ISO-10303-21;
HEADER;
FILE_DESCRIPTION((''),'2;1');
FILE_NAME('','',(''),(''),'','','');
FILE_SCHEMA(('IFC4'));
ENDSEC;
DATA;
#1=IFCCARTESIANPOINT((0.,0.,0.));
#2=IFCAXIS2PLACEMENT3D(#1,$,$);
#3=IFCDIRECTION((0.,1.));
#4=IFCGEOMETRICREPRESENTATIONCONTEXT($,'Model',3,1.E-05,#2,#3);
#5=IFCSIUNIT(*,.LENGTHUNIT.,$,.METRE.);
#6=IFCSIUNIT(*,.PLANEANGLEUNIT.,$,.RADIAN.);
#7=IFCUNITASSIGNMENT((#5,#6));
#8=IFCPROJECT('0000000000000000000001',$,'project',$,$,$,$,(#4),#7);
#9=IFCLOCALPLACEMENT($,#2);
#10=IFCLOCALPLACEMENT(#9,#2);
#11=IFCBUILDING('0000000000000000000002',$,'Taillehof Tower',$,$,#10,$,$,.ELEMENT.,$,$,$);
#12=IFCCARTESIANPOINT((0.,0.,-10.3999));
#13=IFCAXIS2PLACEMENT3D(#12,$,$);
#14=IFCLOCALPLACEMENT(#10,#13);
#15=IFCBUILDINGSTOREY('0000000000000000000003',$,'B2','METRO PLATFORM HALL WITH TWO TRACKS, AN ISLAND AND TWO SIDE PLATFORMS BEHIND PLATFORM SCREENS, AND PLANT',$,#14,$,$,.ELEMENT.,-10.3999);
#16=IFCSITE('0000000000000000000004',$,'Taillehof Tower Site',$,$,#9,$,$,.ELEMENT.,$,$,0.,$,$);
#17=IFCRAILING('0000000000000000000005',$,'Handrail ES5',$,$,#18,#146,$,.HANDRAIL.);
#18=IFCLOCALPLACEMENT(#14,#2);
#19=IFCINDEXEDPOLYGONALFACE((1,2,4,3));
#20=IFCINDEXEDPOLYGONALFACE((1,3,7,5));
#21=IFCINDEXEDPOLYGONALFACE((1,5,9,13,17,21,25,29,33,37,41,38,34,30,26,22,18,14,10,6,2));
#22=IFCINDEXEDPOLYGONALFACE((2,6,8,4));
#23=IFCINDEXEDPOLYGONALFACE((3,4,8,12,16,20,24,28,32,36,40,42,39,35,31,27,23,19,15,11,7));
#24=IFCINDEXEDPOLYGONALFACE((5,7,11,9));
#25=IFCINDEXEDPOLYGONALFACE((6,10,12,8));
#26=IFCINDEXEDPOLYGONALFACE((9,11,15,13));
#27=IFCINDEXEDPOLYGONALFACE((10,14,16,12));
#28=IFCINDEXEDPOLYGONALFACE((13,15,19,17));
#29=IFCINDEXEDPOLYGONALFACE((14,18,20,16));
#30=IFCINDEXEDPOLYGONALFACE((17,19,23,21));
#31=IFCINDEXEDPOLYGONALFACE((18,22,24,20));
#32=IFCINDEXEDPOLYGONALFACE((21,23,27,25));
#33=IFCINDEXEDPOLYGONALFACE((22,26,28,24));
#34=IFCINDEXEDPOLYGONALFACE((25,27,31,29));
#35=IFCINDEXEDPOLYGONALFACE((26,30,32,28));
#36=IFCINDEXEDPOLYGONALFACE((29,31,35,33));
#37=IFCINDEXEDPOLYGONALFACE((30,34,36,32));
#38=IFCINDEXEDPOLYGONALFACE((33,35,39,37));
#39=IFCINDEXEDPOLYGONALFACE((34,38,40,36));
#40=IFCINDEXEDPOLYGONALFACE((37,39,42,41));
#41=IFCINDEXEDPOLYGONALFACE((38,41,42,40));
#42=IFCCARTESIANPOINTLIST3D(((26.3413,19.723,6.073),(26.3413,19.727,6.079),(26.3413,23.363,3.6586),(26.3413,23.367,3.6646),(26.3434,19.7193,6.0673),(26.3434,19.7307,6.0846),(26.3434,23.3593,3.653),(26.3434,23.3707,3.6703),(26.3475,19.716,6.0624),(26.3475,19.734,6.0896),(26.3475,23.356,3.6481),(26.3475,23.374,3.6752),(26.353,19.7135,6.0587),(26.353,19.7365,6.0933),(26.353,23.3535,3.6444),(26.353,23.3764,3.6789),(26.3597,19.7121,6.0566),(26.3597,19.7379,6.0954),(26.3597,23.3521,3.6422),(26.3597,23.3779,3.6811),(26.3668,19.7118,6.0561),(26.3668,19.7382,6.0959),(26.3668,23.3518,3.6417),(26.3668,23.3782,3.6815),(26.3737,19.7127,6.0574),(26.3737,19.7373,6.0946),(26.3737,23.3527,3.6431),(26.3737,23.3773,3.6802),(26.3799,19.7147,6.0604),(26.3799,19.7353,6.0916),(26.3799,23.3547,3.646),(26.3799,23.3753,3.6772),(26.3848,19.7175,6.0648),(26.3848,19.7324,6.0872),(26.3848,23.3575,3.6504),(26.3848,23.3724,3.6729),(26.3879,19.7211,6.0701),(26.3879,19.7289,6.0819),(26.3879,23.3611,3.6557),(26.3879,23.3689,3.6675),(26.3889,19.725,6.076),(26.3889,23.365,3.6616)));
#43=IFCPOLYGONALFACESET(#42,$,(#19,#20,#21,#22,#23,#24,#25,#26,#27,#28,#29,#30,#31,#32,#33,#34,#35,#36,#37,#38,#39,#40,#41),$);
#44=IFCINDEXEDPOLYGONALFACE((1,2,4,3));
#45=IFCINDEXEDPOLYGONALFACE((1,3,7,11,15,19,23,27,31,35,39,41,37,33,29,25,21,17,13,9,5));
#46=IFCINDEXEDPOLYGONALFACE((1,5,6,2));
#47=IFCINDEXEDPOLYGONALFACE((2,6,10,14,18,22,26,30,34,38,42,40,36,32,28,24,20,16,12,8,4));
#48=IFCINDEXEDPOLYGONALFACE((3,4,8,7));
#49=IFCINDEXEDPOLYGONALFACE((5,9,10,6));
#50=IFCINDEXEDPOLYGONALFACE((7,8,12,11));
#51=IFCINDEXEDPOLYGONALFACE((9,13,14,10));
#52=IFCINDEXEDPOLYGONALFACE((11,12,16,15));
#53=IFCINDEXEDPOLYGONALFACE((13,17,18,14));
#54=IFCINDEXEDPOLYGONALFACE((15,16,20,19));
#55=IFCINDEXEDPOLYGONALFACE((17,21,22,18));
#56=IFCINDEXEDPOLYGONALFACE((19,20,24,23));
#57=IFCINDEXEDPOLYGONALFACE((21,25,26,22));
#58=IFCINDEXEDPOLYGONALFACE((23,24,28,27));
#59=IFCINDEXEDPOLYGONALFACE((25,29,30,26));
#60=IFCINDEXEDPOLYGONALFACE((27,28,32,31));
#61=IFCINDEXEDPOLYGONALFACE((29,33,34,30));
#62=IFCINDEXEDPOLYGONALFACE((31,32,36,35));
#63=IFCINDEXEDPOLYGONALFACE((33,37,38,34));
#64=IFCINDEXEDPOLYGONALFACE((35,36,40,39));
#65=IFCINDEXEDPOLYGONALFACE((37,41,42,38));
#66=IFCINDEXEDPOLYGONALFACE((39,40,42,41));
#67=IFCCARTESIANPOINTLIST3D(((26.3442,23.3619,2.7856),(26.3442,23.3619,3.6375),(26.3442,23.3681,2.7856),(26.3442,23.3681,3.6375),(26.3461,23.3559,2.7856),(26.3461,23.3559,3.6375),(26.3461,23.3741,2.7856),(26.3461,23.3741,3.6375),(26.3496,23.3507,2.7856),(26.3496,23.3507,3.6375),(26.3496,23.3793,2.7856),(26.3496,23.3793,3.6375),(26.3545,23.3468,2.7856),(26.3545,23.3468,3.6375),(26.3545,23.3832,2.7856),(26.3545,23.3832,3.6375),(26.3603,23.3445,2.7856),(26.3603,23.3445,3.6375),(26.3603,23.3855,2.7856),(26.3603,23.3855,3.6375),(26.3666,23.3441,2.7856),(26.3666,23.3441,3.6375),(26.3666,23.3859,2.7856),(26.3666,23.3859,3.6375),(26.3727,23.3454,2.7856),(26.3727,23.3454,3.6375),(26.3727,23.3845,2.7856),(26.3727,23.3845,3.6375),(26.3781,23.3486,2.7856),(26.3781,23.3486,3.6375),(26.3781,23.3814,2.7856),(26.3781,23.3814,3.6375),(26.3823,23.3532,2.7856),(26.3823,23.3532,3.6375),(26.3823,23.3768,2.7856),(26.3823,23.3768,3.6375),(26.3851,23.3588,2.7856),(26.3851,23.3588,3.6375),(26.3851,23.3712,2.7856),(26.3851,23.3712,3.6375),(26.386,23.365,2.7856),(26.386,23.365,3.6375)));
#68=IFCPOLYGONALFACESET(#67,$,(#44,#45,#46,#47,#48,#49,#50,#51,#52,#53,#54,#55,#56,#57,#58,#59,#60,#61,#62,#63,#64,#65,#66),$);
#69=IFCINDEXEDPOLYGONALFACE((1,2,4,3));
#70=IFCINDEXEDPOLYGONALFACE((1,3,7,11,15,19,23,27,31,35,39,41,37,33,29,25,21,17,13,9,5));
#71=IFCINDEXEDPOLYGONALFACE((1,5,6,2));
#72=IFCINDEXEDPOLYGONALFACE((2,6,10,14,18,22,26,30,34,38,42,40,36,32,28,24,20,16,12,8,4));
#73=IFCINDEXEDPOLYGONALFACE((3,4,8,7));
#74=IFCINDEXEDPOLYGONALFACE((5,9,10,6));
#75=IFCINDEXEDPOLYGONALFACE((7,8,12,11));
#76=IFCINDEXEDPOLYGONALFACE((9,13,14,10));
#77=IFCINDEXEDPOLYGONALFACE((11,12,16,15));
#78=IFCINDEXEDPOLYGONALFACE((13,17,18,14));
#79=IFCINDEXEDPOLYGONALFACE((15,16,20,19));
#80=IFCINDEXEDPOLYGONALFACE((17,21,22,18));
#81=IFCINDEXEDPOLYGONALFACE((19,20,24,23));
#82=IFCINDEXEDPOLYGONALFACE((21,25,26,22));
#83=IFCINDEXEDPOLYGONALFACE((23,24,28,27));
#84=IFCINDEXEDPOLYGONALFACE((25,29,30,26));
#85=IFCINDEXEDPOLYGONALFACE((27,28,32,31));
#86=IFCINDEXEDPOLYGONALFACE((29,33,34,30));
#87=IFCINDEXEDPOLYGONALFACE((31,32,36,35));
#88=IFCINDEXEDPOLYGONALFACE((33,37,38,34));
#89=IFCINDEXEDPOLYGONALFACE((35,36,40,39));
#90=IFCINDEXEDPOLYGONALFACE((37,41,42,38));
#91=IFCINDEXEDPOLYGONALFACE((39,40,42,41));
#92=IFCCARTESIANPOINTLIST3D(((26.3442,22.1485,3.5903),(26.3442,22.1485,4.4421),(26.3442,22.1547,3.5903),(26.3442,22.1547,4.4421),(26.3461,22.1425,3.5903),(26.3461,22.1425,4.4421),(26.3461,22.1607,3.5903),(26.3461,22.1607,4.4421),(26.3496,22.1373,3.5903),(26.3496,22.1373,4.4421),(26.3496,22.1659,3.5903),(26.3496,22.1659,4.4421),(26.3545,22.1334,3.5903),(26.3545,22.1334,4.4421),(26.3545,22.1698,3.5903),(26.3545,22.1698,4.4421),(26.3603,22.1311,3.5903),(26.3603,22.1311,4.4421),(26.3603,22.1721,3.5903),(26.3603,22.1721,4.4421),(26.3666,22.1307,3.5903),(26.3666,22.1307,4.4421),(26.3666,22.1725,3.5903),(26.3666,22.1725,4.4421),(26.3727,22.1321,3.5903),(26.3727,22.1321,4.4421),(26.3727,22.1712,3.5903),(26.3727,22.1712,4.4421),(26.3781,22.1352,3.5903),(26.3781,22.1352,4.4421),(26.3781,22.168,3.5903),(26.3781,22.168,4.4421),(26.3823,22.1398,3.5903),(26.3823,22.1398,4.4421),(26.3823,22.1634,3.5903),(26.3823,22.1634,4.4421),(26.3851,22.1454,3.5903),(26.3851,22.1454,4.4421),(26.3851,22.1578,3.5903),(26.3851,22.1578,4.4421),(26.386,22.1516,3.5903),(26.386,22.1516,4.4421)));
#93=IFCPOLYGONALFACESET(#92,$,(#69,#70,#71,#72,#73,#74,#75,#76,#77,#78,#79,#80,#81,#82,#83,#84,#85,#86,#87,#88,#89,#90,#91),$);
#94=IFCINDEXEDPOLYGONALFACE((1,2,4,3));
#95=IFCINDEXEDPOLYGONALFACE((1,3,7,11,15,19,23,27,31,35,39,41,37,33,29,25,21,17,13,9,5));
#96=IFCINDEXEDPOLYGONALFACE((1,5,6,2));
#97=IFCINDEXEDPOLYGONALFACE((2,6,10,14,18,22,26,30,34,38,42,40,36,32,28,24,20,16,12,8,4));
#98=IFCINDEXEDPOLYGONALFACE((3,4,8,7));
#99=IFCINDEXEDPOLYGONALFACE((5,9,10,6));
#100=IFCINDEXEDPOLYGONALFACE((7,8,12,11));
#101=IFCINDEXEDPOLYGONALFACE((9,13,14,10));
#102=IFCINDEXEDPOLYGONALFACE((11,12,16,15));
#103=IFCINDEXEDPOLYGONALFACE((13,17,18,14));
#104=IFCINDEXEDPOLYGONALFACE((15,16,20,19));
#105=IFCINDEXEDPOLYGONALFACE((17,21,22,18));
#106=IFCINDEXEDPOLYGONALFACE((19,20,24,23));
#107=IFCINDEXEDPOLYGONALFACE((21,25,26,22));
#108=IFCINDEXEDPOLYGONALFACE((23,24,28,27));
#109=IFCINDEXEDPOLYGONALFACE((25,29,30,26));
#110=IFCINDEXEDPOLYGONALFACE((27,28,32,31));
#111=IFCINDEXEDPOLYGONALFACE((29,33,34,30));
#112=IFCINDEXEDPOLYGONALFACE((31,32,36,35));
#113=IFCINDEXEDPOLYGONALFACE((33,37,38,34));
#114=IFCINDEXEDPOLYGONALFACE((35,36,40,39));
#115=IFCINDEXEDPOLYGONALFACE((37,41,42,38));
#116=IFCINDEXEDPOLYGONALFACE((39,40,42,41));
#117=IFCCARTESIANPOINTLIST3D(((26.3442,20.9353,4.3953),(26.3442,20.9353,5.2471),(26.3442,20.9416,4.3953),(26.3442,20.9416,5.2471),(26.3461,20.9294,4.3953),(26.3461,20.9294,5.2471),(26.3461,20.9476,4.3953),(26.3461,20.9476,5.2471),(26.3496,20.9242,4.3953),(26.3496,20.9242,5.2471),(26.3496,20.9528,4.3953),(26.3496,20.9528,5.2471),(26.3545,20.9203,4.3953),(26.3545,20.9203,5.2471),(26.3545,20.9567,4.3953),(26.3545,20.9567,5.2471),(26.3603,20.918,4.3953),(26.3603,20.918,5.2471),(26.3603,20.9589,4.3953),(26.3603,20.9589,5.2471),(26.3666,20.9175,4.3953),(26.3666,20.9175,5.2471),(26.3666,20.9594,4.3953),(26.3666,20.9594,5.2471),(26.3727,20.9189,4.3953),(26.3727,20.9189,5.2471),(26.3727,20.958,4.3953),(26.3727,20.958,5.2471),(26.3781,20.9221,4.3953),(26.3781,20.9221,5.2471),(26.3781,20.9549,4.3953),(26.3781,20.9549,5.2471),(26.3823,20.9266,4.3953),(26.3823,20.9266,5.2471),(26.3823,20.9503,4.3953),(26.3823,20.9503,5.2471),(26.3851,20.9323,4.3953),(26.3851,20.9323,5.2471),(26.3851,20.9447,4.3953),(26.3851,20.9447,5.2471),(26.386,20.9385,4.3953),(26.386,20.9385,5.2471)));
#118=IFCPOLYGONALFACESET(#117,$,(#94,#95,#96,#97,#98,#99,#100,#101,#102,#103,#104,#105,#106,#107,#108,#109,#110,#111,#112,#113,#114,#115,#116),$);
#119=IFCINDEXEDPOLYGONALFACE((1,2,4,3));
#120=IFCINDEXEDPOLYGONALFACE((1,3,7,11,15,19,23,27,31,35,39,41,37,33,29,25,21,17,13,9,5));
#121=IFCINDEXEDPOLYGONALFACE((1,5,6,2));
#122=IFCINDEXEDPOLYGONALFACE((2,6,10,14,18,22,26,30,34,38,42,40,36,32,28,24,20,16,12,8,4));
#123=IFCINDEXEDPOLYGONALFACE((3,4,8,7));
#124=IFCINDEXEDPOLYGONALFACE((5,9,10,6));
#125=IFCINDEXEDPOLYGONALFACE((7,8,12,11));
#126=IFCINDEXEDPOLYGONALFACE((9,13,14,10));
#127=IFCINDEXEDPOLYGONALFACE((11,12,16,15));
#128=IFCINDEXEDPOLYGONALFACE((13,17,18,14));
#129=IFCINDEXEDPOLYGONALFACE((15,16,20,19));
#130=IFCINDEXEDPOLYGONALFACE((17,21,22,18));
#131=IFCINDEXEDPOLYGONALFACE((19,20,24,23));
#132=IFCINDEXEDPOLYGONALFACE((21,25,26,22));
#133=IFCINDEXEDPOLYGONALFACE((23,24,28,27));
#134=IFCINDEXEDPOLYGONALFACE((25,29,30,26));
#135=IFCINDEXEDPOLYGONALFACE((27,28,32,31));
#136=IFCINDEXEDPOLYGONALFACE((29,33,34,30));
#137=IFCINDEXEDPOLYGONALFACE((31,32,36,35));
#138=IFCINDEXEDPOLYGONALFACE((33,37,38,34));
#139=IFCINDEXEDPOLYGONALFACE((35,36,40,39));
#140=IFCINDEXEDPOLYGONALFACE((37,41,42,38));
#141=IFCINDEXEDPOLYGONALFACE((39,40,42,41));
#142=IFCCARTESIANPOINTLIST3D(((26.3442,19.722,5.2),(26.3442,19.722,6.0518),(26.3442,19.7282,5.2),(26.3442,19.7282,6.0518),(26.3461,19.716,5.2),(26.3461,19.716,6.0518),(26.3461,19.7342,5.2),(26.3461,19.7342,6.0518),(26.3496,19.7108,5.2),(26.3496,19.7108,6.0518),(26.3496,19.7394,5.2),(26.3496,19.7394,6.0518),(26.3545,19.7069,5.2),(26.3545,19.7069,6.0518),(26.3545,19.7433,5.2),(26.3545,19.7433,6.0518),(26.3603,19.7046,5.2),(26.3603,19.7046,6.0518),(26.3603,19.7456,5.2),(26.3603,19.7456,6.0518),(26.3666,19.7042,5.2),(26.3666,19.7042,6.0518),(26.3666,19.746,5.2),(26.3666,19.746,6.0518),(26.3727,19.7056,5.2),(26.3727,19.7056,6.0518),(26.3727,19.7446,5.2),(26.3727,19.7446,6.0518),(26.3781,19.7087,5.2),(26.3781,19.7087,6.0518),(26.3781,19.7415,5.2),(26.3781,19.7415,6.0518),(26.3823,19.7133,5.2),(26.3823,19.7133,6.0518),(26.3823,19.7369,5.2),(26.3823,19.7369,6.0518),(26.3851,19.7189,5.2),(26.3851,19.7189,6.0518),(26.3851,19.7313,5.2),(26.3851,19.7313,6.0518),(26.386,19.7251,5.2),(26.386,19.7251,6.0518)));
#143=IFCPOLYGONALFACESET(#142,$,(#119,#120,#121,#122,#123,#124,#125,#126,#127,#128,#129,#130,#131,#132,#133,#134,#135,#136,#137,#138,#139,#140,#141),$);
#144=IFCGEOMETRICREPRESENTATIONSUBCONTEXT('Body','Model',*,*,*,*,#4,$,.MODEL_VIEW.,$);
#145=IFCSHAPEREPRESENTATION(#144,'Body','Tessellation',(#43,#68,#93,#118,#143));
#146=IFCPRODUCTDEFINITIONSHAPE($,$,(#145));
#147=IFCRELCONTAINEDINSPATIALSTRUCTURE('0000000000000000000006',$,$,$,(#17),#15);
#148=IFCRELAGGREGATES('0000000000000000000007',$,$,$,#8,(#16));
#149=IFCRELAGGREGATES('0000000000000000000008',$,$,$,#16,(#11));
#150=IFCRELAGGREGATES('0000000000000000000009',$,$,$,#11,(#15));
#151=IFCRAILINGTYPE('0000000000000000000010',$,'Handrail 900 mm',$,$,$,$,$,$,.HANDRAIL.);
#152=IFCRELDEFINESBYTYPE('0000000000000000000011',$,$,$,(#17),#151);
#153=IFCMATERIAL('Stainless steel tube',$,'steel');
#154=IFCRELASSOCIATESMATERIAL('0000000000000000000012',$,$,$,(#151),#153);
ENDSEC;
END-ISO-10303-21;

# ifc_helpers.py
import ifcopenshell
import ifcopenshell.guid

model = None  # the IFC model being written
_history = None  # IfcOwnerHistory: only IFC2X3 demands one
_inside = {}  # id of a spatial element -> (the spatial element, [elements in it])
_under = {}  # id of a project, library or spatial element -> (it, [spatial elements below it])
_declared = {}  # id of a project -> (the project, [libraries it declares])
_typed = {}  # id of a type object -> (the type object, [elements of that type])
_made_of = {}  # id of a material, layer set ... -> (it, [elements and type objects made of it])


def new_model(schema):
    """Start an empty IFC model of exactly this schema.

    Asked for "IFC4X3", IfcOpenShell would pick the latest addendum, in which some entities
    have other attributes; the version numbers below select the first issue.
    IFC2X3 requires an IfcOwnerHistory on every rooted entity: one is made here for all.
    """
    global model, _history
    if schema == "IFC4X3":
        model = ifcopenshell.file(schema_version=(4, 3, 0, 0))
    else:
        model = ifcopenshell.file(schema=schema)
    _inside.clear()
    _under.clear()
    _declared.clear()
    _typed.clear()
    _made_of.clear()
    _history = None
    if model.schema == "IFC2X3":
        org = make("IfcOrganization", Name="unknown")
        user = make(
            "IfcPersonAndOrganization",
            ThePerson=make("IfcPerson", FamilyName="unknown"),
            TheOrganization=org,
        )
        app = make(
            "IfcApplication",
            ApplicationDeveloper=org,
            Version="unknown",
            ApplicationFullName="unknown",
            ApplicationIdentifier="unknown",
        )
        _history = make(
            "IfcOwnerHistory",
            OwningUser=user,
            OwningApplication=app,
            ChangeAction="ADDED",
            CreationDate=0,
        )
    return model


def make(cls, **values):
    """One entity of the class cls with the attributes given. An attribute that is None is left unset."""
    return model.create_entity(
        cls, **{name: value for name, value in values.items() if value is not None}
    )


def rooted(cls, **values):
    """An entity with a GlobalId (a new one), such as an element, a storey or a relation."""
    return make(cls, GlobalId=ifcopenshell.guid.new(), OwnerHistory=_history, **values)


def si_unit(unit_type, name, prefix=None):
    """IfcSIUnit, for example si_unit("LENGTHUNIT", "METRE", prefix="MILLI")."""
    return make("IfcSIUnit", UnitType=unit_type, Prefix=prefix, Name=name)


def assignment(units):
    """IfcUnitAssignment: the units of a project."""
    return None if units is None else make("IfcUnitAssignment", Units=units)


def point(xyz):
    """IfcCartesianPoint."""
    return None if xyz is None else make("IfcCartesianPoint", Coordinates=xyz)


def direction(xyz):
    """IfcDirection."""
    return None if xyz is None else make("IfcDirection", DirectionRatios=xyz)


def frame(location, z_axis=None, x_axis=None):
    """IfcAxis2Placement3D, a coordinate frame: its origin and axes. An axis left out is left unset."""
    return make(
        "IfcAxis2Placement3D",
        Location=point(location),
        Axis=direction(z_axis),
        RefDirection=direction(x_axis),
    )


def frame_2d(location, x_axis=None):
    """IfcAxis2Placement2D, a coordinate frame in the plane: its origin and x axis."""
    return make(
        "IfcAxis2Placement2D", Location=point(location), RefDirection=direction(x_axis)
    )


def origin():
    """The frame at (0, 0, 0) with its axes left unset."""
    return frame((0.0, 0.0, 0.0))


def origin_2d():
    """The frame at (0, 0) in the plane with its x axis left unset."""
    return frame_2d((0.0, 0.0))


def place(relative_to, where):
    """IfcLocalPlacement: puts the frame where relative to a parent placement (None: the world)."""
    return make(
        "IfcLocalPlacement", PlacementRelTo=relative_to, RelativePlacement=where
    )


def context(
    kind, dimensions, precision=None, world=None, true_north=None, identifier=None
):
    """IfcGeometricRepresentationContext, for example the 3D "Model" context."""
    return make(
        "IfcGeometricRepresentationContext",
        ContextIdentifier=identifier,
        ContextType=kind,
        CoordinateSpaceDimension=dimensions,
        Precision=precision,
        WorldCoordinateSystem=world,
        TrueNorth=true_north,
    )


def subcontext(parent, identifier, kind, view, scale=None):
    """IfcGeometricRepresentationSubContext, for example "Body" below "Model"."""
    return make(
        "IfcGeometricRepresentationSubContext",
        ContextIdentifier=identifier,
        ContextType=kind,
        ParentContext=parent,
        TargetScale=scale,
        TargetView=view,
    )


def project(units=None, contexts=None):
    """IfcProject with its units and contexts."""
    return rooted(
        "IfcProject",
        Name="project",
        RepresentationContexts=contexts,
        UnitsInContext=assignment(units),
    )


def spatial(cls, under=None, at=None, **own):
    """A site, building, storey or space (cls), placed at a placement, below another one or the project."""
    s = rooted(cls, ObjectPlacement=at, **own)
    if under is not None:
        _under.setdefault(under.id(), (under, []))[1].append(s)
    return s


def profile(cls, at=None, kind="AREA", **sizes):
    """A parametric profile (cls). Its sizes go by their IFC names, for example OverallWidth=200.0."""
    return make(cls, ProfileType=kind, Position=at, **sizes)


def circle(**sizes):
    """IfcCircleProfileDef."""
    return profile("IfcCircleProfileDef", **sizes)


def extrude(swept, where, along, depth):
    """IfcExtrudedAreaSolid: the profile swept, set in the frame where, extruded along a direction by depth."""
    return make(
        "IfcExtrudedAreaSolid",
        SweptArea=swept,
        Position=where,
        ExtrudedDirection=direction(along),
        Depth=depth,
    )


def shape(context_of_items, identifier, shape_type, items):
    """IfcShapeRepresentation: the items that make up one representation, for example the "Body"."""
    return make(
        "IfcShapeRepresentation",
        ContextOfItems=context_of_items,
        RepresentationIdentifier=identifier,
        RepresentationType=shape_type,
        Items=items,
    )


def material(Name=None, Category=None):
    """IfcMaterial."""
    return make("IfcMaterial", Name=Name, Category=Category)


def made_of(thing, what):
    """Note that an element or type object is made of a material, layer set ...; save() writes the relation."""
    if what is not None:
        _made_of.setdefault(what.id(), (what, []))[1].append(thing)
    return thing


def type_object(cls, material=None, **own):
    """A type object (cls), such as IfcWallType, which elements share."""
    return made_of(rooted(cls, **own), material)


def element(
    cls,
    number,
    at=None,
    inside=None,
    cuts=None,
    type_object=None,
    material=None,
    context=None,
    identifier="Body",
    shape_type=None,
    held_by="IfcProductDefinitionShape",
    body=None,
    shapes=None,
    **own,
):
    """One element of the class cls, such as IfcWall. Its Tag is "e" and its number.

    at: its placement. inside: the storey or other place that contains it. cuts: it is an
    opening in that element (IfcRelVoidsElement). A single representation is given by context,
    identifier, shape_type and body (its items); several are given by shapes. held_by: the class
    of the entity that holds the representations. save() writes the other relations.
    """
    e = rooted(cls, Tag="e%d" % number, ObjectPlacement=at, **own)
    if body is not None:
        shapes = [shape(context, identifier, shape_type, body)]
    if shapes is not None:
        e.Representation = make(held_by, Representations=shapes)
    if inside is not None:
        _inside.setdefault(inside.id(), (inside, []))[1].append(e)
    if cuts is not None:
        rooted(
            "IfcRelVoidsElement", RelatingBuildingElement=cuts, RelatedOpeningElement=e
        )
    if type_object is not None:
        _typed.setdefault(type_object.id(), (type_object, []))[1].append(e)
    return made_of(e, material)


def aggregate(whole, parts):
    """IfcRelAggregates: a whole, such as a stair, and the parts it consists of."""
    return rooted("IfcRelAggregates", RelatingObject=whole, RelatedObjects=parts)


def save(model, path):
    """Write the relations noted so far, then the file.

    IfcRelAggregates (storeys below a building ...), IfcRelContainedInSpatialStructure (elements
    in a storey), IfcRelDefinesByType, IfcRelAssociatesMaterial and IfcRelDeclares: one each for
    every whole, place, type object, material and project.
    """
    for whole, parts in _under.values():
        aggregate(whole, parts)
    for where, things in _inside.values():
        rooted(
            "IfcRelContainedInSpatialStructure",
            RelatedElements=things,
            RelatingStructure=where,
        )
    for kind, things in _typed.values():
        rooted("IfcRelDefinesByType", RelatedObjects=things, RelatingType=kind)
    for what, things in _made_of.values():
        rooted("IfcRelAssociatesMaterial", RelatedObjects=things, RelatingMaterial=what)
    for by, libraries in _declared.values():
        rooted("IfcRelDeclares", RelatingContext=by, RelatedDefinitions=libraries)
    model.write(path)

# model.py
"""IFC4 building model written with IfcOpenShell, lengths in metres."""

from ifc_helpers import new_model, si_unit, direction, frame, origin, origin_2d, place, context, subcontext, project, spatial, circle, extrude, material, type_object, element, save


model = new_model("IFC4")

# Units and contexts
model_context = context("Model", 3, precision=1e-05, world=origin(), true_north=direction((0.0, 1.0)))
body_context = subcontext(model_context, "Body", "Model", "MODEL_VIEW")
ifc_project = project(units=[si_unit("LENGTHUNIT", "METRE"), si_unit("PLANEANGLEUNIT", "RADIAN")], contexts=[model_context])

# Site, building, storey
site_placement = place(None, origin())
site = spatial("IfcSite", under=ifc_project, at=site_placement, Name="Taillehof Tower Site", CompositionType="ELEMENT", RefElevation=0.0)
building_placement = place(site_placement, origin())
building = spatial("IfcBuilding", under=site, at=building_placement, Name="Taillehof Tower", CompositionType="ELEMENT")
storey_placement = place(building_placement, frame((0.0, 0.0, -10.3999)))
storey = spatial("IfcBuildingStorey", under=building, at=storey_placement, Name="B2", Description="METRO PLATFORM HALL WITH TWO TRACKS, AN ISLAND AND TWO SIDE PLATFORMS BEHIND PLATFORM SCREENS, AND PLANT", CompositionType="ELEMENT", Elevation=-10.3999)

# Railing
ifc_material_1 = material(Name="Stainless steel tube", Category="steel")
railing_type = type_object("IfcRailingType", Name="Handrail 900 mm", PredefinedType="HANDRAIL", material=ifc_material_1)
for number, where, name in (
    (1, (26.365, 23.365, 2.7856), "Handrail ES5"),
):
    element("IfcRailing", number, at=place(storey_placement, frame(where)), inside=storey, type_object=railing_type, Name=name, PredefinedType="HANDRAIL", context=body_context, shape_type="SweptSolid", body=[
        extrude(circle(Radius=0.0239, at=origin_2d()), frame((0.0, 0.0, 0.876), z_axis=(0.0, -0.833347, 0.552751), x_axis=(1.0, 0.0, 0.0)), (0.0, 0.0, 1.0), 4.3679),
        extrude(circle(Radius=0.021, at=origin_2d()), origin(), (0.0, 0.0, 1.0), 0.8518),
        extrude(circle(Radius=0.021, at=origin_2d()), frame((0.0, -1.2134, 0.8047)), (0.0, 0.0, 1.0), 0.8518),
        extrude(circle(Radius=0.021, at=origin_2d()), frame((0.0, -2.4265, 1.6096)), (0.0, 0.0, 1.0), 0.8518),
        extrude(circle(Radius=0.021, at=origin_2d()), frame((0.0, -3.6399, 2.4143)), (0.0, 0.0, 1.0), 0.8518),
    ])

save(model, "model.ifc")
